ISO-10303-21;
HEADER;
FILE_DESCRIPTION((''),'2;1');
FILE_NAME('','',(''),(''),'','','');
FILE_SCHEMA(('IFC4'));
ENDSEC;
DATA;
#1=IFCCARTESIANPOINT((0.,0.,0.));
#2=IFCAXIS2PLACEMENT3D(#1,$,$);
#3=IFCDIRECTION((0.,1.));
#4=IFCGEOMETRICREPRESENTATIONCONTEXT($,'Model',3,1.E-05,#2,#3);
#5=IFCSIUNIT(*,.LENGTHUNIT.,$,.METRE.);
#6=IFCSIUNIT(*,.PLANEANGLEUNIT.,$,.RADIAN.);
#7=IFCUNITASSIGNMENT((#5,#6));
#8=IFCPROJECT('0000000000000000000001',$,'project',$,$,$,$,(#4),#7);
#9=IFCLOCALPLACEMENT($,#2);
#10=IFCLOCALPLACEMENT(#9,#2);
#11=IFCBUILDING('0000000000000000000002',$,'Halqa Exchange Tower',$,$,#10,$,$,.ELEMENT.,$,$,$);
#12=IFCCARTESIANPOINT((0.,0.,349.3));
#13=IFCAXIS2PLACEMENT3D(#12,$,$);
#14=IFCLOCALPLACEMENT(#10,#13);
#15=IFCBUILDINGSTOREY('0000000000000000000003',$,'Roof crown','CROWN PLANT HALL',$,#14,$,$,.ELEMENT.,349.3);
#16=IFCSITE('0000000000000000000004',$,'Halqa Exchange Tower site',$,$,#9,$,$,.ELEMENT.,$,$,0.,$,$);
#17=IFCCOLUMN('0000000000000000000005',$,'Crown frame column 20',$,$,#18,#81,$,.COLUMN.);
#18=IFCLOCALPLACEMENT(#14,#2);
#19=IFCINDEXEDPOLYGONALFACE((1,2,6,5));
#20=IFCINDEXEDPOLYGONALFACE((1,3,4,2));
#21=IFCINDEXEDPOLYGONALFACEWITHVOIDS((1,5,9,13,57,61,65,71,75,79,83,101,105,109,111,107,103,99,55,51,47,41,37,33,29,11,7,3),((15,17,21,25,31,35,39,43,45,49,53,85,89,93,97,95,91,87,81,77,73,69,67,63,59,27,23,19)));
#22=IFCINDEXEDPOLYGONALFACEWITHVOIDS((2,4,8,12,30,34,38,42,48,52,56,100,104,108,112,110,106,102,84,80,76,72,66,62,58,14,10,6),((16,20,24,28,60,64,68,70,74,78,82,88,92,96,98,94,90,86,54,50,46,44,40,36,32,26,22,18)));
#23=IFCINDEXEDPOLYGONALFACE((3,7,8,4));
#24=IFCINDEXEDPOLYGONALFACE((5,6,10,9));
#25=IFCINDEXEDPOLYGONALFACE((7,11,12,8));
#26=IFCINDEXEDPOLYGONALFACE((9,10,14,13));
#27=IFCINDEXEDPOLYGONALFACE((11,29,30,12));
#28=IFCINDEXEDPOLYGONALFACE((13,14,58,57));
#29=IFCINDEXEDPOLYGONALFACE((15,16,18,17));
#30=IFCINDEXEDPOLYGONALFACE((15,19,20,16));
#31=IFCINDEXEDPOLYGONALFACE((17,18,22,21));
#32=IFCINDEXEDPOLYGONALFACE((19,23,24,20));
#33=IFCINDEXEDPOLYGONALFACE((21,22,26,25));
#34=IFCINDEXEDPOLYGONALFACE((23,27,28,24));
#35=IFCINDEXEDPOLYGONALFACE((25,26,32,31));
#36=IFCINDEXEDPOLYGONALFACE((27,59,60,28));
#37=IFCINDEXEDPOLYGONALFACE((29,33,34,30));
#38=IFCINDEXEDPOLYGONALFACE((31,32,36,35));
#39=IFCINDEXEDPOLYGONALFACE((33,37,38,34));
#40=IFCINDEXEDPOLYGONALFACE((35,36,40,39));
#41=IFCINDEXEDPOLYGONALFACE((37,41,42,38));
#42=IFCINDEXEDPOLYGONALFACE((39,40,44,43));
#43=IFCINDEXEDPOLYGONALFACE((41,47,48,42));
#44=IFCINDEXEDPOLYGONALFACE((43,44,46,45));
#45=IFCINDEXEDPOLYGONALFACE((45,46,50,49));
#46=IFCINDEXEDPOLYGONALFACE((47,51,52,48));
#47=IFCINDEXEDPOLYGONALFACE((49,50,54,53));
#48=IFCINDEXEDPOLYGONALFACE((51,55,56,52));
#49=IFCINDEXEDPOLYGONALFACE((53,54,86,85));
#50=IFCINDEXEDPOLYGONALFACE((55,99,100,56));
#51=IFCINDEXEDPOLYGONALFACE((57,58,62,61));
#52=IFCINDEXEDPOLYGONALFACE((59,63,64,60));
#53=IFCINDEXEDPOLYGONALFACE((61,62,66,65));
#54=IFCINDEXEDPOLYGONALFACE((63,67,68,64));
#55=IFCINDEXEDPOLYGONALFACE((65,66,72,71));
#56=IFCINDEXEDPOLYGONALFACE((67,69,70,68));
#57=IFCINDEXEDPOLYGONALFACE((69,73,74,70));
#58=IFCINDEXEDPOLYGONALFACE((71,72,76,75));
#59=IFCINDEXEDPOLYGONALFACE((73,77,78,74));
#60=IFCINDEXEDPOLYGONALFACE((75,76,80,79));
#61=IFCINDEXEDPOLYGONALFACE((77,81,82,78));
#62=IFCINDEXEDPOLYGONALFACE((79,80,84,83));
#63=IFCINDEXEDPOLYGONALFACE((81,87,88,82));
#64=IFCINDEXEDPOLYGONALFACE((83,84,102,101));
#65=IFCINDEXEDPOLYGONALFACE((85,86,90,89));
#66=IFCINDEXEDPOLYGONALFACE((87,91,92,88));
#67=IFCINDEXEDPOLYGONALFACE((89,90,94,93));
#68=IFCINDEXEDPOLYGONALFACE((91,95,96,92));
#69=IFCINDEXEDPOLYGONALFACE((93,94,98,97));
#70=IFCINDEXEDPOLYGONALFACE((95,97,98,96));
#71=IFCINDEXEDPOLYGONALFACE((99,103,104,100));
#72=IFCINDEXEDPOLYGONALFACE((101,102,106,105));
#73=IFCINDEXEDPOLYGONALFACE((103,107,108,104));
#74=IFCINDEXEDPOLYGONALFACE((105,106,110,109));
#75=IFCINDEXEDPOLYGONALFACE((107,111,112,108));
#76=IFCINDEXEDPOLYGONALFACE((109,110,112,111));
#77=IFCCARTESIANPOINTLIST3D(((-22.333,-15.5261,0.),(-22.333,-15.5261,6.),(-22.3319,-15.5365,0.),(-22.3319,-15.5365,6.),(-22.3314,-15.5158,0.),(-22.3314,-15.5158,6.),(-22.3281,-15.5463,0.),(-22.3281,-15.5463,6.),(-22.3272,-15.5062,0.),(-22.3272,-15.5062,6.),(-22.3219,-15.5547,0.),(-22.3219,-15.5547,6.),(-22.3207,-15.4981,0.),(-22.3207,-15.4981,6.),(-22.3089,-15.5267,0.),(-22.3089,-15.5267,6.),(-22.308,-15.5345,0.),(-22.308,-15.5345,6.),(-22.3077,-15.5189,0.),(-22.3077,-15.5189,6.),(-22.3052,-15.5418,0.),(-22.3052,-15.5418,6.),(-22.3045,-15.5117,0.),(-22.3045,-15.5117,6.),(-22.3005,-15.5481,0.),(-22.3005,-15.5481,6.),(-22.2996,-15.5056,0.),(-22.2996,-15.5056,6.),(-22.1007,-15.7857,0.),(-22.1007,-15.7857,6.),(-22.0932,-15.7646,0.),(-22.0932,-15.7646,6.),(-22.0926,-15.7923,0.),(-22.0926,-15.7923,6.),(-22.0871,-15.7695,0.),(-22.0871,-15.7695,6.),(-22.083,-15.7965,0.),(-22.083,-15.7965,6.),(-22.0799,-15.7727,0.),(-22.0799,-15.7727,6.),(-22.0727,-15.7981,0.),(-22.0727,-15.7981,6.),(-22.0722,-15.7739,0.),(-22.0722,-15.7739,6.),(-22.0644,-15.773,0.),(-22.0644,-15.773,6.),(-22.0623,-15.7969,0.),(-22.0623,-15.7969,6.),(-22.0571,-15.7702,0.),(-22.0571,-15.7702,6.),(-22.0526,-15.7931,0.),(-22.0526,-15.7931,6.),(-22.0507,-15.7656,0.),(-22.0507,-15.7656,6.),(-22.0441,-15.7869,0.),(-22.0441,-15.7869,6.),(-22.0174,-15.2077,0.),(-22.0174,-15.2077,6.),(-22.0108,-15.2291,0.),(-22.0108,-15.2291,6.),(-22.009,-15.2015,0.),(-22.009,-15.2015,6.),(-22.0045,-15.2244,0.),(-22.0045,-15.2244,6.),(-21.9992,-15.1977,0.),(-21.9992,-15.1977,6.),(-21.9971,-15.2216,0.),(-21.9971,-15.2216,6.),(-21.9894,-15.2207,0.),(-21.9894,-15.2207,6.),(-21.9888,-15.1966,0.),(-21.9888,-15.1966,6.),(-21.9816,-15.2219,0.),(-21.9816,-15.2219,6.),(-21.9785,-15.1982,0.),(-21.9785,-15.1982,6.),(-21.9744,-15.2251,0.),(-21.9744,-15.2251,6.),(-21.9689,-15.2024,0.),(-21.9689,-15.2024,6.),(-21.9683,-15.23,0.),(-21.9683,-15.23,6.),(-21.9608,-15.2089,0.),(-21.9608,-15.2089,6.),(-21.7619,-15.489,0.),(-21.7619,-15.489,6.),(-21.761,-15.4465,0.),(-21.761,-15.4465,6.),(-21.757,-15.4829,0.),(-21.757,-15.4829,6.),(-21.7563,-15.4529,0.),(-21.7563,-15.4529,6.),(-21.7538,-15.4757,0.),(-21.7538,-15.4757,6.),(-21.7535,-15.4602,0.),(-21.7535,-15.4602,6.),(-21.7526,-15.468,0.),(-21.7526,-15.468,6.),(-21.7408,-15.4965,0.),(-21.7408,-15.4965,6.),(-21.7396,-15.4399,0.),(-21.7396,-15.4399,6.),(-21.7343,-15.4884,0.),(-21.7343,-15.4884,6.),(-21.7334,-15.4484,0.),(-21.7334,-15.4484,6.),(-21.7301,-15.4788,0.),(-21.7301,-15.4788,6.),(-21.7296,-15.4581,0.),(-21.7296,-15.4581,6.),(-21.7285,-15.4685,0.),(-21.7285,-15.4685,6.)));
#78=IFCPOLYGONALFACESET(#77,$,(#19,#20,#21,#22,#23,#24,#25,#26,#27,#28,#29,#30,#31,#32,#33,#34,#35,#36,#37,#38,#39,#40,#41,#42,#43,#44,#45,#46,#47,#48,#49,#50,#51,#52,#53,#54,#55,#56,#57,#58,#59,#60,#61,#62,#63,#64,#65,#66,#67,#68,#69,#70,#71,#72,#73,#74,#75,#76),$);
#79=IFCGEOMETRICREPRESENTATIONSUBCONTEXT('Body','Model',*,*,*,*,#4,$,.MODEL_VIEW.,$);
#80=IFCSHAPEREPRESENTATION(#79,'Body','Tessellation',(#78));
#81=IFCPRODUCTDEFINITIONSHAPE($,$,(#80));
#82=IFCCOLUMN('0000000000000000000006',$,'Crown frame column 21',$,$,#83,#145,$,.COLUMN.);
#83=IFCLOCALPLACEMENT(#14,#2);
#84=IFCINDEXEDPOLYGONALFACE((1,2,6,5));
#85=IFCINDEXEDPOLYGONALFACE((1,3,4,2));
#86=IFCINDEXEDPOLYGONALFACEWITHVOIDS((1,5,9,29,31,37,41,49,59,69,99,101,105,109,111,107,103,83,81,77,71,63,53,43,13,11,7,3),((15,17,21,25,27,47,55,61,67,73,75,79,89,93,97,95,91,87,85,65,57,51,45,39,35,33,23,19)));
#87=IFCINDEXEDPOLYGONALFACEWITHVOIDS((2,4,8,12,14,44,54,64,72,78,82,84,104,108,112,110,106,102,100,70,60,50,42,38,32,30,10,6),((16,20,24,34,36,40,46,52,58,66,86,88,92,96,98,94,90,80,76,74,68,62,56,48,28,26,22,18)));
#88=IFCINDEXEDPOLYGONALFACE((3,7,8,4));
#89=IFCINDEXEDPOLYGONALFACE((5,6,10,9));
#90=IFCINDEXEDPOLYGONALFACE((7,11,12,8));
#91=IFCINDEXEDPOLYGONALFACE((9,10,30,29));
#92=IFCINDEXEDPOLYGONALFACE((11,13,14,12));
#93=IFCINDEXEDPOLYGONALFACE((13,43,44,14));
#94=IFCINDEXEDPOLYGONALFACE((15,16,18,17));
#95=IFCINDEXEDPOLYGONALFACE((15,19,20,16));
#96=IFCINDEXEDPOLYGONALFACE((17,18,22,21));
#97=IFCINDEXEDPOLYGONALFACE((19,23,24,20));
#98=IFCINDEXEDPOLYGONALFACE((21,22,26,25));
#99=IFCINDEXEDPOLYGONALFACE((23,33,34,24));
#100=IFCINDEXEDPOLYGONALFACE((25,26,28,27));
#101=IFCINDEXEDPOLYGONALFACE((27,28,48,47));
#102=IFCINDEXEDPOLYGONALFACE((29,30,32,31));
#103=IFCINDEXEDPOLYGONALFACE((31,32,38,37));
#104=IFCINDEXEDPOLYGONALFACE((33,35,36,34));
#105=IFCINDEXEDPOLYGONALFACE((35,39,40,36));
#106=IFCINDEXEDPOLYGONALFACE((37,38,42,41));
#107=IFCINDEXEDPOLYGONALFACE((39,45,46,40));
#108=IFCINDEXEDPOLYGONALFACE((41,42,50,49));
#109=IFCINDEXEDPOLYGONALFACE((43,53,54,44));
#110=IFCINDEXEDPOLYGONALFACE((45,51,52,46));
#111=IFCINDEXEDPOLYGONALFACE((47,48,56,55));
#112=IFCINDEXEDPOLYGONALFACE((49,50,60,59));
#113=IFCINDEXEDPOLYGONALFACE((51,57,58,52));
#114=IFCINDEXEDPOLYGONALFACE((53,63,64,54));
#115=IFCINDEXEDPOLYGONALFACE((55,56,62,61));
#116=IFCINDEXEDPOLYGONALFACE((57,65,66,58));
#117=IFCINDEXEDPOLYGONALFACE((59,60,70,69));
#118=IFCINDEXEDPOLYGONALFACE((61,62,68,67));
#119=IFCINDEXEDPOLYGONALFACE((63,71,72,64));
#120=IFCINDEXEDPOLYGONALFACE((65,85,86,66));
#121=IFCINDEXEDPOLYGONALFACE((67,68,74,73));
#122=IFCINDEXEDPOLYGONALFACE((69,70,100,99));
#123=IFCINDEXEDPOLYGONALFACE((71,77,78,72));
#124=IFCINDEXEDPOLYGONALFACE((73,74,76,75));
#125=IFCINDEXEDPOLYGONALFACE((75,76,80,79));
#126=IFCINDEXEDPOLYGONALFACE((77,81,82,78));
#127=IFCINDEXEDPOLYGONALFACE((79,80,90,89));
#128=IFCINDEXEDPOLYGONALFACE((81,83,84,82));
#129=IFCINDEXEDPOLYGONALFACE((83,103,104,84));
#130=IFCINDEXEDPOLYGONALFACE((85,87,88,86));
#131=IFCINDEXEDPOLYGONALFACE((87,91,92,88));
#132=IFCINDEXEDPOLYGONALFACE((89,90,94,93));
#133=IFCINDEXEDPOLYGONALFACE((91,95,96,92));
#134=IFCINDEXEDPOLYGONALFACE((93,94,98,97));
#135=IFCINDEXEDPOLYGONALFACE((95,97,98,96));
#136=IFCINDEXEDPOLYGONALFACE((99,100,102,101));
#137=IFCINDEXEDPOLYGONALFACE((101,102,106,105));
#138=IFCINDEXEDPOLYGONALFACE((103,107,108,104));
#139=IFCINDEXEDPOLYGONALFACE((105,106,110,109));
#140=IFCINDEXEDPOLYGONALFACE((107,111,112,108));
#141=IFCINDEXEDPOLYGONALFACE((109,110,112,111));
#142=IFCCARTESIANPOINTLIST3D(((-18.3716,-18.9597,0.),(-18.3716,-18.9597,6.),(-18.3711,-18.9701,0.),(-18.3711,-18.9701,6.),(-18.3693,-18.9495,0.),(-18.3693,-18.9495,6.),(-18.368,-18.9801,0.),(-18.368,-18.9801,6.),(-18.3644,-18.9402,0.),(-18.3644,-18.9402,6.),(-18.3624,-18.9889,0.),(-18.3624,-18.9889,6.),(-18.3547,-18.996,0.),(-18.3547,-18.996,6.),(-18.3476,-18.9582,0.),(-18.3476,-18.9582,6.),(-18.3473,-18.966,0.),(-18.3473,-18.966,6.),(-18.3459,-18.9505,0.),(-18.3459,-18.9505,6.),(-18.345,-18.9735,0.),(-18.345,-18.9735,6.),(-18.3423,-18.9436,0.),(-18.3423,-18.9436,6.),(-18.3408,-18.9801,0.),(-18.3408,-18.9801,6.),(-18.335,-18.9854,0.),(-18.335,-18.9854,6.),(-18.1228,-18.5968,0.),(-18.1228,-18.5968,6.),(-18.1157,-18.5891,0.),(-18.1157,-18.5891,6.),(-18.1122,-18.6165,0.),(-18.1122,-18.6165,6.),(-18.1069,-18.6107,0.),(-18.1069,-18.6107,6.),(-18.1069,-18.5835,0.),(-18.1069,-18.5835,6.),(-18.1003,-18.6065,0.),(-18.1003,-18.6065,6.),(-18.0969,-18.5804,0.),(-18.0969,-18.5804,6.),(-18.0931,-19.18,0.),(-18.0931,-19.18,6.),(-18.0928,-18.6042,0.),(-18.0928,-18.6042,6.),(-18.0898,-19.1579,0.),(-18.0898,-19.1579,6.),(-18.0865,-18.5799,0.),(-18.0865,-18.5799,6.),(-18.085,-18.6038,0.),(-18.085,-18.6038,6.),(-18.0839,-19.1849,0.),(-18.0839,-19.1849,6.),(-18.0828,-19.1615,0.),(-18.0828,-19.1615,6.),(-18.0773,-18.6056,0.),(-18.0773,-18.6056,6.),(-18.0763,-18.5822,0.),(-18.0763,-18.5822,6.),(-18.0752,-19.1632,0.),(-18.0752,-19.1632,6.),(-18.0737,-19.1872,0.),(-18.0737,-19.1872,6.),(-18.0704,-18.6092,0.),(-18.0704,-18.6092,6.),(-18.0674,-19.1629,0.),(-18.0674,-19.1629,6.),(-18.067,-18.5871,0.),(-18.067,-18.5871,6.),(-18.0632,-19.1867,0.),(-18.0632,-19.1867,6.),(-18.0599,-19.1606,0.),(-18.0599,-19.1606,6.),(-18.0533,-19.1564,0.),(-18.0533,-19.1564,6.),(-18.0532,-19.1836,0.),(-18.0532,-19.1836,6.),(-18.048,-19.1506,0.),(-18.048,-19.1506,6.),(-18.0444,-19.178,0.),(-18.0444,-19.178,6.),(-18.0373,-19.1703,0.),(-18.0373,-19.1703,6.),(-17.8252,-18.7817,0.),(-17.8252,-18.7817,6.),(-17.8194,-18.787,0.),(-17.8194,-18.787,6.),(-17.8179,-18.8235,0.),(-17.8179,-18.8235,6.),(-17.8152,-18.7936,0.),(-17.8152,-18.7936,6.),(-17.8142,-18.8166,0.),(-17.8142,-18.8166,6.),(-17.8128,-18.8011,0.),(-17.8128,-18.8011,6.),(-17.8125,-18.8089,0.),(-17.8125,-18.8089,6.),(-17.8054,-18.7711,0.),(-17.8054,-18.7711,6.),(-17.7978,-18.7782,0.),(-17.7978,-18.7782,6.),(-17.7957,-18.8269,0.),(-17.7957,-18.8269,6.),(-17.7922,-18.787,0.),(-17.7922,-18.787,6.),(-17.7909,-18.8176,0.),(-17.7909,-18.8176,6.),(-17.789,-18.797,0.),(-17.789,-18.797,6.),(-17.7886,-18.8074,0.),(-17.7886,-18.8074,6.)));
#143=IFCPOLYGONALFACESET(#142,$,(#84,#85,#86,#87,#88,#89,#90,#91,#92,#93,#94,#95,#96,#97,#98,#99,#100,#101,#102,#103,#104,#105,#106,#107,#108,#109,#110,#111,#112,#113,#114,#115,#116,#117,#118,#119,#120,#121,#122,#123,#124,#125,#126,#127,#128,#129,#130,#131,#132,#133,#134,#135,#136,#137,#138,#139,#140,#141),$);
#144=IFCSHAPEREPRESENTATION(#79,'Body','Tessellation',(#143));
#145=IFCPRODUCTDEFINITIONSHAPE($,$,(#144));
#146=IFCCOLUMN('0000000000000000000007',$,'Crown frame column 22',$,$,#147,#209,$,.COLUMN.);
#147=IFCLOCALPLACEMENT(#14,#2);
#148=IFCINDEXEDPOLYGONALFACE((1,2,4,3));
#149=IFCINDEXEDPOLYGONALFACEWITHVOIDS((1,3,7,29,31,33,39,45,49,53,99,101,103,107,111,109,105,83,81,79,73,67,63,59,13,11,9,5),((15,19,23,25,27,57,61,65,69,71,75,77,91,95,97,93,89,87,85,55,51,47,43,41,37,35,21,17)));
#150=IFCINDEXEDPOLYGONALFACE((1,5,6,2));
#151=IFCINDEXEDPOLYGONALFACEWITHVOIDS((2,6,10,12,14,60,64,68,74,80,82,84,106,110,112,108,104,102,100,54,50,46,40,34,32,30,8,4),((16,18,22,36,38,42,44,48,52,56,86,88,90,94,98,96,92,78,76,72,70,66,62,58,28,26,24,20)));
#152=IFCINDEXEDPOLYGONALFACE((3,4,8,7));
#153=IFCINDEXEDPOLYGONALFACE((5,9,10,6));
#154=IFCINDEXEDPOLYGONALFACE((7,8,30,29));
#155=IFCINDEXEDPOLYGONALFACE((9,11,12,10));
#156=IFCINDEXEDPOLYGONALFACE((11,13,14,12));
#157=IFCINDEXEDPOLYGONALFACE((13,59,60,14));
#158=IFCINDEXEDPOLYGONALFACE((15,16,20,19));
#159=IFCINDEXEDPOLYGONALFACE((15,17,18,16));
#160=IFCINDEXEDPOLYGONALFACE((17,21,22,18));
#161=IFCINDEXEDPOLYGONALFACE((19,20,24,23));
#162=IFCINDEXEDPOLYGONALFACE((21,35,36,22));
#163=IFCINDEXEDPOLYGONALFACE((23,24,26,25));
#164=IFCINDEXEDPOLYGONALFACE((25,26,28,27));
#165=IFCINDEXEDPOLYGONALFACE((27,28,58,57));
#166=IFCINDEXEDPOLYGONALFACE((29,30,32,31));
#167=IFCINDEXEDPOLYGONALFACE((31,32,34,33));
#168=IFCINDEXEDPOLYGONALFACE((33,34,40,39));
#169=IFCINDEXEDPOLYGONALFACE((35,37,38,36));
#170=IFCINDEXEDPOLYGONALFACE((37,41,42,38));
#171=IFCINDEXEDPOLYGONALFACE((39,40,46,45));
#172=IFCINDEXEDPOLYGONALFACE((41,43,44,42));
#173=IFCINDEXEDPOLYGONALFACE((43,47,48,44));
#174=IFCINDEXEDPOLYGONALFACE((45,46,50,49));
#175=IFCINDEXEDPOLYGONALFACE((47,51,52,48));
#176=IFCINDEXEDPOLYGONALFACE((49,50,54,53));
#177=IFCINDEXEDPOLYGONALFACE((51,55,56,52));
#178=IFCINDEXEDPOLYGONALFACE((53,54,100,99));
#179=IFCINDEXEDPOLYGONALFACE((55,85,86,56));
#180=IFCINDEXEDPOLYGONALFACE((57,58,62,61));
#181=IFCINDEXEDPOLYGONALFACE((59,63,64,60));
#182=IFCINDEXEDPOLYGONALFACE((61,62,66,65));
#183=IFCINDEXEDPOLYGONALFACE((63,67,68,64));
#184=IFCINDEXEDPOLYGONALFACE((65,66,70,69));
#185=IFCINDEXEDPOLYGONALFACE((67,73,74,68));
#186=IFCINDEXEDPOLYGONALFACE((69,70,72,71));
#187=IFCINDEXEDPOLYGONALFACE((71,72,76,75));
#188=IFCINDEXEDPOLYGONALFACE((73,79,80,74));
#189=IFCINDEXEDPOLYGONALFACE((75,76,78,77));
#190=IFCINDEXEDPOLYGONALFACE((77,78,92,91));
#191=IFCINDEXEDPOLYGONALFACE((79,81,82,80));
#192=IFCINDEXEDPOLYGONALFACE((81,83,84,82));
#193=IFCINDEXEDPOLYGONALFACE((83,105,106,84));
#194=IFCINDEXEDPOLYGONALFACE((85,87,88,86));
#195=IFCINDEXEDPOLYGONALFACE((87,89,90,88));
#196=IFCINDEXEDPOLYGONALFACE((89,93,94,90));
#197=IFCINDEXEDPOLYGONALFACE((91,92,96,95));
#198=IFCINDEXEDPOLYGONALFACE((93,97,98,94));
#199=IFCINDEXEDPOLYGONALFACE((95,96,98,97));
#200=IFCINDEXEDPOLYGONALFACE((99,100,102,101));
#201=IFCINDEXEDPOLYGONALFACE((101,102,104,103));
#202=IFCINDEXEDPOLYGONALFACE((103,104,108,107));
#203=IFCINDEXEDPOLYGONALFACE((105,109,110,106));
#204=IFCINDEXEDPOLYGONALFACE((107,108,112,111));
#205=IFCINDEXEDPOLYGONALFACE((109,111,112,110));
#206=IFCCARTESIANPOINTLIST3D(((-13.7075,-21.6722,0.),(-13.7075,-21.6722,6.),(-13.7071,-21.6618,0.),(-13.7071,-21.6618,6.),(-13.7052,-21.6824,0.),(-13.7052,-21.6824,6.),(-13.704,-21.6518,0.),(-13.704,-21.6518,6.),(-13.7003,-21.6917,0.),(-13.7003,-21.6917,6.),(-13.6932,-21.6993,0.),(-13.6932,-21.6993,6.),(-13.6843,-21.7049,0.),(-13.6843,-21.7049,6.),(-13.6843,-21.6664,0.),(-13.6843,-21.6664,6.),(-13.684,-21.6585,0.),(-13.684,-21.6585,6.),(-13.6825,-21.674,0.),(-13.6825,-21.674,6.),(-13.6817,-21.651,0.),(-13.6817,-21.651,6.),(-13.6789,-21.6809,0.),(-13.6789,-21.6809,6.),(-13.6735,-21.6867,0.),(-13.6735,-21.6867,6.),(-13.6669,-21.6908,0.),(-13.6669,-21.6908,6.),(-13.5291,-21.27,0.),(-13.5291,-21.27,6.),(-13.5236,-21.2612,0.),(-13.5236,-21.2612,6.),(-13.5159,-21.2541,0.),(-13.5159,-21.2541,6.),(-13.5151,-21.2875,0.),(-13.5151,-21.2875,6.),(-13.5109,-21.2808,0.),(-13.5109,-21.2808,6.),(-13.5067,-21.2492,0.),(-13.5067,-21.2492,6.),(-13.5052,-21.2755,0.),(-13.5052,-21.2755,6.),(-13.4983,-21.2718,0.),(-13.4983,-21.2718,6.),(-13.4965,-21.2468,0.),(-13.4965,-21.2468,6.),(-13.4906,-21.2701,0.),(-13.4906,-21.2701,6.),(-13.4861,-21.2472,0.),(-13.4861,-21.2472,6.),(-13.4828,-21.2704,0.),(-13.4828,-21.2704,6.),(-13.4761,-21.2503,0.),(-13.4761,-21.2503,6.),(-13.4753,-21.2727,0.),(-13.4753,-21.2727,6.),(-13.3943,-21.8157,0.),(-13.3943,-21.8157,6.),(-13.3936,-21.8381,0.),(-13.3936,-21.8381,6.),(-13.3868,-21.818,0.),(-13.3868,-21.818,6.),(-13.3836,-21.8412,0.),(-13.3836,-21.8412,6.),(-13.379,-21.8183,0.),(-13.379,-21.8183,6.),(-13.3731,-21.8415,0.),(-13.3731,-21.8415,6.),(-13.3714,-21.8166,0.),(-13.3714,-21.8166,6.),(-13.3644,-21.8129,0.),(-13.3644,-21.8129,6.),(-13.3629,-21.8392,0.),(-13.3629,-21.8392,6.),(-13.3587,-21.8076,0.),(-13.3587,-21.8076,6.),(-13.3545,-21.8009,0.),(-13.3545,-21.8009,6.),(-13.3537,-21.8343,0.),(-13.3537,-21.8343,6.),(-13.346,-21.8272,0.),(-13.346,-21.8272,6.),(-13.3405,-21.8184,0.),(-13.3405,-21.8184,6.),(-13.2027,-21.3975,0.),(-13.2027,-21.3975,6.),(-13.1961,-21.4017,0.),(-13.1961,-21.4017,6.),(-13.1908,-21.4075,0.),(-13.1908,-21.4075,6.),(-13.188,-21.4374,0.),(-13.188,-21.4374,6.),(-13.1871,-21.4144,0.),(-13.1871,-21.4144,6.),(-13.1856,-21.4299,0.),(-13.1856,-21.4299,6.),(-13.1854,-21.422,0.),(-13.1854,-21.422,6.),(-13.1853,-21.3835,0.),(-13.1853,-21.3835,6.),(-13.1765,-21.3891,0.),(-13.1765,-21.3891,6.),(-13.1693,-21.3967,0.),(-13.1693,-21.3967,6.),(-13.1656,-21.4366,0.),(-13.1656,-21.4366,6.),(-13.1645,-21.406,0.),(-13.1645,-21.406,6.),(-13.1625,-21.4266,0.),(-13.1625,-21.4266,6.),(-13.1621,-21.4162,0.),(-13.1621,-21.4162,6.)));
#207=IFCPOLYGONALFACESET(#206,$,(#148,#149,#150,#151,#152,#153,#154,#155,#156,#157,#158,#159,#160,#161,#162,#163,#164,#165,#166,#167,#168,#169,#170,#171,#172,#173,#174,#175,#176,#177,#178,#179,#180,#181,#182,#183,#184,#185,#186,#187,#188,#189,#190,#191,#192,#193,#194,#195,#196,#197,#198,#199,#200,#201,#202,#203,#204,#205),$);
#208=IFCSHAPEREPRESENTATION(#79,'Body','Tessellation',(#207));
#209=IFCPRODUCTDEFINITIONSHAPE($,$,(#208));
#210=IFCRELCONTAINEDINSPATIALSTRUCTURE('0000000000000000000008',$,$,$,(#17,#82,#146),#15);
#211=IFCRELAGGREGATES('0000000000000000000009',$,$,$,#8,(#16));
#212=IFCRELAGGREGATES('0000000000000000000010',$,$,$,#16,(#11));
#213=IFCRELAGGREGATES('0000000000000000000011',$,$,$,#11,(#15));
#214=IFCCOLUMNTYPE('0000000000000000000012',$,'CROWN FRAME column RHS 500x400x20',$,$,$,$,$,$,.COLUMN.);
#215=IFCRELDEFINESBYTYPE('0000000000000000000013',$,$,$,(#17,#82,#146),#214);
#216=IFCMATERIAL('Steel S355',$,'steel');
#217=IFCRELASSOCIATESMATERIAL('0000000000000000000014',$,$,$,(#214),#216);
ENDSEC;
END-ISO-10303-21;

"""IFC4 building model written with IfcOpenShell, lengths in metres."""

from ifc_helpers import new_model, si_unit, direction, frame, origin, origin_2d, place, context, subcontext, project, spatial, hollow_rectangle, extrude, material, material_profile, profile_set, type_object, element, save


model = new_model("IFC4")

# Units and contexts
model_context = context("Model", 3, precision=1e-05, world=origin(), true_north=direction((0.0, 1.0)))
body_context = subcontext(model_context, "Body", "Model", "MODEL_VIEW")
ifc_project = project(units=[si_unit("LENGTHUNIT", "METRE"), si_unit("PLANEANGLEUNIT", "RADIAN")], contexts=[model_context])

# Site, building, storey
site_placement = place(None, origin())
site = spatial("IfcSite", under=ifc_project, at=site_placement, Name="Halqa Exchange Tower site", CompositionType="ELEMENT", RefElevation=0.0)
building_placement = place(site_placement, origin())
building = spatial("IfcBuilding", under=site, at=building_placement, Name="Halqa Exchange Tower", CompositionType="ELEMENT")
storey_placement = place(building_placement, frame((0.0, 0.0, 349.3)))
storey = spatial("IfcBuildingStorey", under=building, at=storey_placement, Name="Roof crown", Description="CROWN PLANT HALL", CompositionType="ELEMENT", Elevation=349.3)

# Columns
ifc_material_1 = material(Name="Steel S355", Category="steel")
ifc_material_profile_1 = material_profile(ifc_material_1, hollow_rectangle(XDim=0.3999, YDim=0.5, WallThickness=0.02, InnerFilletRadius=0.03, OuterFilletRadius=0.04, at=origin_2d()), Name="RHS 500x400x20")
ifc_profile_set_1 = profile_set([ifc_material_profile_1], Name="Steel S355")
column_type = type_object("IfcColumnType", Name="CROWN FRAME column RHS 500x400x20", PredefinedType="COLUMN", material=ifc_profile_set_1)
for number, where, z_axis, x_axis, name in (
    (1, (-22.0308, -15.4973, 0.0), (0.0, 0.0, 1.0), (0.691579, -0.722301, 0.0), "Crown frame column 20"),
    (2, (-18.0801, -18.8835, 0.0), (0.0, 0.0, 1.0), (0.817907, -0.575351, 0.0), "Crown frame column 21"),
    (3, (-13.4348, -21.5442, 0.0), (0.0, 0.0, 1.0), (0.909129, -0.416516, 0.0), "Crown frame column 22"),
):
    element("IfcColumn", number, at=place(storey_placement, frame(where, z_axis=z_axis, x_axis=x_axis)), inside=storey, type_object=column_type, Name=name, PredefinedType="COLUMN", context=body_context, shape_type="SweptSolid", body=[
        extrude(hollow_rectangle(XDim=0.3999, YDim=0.5, WallThickness=0.02, InnerFilletRadius=0.03, OuterFilletRadius=0.04, at=origin_2d()), origin(), (0.0, 0.0, 1.0), 6.0),
    ])

save(model, "model.ifc")
